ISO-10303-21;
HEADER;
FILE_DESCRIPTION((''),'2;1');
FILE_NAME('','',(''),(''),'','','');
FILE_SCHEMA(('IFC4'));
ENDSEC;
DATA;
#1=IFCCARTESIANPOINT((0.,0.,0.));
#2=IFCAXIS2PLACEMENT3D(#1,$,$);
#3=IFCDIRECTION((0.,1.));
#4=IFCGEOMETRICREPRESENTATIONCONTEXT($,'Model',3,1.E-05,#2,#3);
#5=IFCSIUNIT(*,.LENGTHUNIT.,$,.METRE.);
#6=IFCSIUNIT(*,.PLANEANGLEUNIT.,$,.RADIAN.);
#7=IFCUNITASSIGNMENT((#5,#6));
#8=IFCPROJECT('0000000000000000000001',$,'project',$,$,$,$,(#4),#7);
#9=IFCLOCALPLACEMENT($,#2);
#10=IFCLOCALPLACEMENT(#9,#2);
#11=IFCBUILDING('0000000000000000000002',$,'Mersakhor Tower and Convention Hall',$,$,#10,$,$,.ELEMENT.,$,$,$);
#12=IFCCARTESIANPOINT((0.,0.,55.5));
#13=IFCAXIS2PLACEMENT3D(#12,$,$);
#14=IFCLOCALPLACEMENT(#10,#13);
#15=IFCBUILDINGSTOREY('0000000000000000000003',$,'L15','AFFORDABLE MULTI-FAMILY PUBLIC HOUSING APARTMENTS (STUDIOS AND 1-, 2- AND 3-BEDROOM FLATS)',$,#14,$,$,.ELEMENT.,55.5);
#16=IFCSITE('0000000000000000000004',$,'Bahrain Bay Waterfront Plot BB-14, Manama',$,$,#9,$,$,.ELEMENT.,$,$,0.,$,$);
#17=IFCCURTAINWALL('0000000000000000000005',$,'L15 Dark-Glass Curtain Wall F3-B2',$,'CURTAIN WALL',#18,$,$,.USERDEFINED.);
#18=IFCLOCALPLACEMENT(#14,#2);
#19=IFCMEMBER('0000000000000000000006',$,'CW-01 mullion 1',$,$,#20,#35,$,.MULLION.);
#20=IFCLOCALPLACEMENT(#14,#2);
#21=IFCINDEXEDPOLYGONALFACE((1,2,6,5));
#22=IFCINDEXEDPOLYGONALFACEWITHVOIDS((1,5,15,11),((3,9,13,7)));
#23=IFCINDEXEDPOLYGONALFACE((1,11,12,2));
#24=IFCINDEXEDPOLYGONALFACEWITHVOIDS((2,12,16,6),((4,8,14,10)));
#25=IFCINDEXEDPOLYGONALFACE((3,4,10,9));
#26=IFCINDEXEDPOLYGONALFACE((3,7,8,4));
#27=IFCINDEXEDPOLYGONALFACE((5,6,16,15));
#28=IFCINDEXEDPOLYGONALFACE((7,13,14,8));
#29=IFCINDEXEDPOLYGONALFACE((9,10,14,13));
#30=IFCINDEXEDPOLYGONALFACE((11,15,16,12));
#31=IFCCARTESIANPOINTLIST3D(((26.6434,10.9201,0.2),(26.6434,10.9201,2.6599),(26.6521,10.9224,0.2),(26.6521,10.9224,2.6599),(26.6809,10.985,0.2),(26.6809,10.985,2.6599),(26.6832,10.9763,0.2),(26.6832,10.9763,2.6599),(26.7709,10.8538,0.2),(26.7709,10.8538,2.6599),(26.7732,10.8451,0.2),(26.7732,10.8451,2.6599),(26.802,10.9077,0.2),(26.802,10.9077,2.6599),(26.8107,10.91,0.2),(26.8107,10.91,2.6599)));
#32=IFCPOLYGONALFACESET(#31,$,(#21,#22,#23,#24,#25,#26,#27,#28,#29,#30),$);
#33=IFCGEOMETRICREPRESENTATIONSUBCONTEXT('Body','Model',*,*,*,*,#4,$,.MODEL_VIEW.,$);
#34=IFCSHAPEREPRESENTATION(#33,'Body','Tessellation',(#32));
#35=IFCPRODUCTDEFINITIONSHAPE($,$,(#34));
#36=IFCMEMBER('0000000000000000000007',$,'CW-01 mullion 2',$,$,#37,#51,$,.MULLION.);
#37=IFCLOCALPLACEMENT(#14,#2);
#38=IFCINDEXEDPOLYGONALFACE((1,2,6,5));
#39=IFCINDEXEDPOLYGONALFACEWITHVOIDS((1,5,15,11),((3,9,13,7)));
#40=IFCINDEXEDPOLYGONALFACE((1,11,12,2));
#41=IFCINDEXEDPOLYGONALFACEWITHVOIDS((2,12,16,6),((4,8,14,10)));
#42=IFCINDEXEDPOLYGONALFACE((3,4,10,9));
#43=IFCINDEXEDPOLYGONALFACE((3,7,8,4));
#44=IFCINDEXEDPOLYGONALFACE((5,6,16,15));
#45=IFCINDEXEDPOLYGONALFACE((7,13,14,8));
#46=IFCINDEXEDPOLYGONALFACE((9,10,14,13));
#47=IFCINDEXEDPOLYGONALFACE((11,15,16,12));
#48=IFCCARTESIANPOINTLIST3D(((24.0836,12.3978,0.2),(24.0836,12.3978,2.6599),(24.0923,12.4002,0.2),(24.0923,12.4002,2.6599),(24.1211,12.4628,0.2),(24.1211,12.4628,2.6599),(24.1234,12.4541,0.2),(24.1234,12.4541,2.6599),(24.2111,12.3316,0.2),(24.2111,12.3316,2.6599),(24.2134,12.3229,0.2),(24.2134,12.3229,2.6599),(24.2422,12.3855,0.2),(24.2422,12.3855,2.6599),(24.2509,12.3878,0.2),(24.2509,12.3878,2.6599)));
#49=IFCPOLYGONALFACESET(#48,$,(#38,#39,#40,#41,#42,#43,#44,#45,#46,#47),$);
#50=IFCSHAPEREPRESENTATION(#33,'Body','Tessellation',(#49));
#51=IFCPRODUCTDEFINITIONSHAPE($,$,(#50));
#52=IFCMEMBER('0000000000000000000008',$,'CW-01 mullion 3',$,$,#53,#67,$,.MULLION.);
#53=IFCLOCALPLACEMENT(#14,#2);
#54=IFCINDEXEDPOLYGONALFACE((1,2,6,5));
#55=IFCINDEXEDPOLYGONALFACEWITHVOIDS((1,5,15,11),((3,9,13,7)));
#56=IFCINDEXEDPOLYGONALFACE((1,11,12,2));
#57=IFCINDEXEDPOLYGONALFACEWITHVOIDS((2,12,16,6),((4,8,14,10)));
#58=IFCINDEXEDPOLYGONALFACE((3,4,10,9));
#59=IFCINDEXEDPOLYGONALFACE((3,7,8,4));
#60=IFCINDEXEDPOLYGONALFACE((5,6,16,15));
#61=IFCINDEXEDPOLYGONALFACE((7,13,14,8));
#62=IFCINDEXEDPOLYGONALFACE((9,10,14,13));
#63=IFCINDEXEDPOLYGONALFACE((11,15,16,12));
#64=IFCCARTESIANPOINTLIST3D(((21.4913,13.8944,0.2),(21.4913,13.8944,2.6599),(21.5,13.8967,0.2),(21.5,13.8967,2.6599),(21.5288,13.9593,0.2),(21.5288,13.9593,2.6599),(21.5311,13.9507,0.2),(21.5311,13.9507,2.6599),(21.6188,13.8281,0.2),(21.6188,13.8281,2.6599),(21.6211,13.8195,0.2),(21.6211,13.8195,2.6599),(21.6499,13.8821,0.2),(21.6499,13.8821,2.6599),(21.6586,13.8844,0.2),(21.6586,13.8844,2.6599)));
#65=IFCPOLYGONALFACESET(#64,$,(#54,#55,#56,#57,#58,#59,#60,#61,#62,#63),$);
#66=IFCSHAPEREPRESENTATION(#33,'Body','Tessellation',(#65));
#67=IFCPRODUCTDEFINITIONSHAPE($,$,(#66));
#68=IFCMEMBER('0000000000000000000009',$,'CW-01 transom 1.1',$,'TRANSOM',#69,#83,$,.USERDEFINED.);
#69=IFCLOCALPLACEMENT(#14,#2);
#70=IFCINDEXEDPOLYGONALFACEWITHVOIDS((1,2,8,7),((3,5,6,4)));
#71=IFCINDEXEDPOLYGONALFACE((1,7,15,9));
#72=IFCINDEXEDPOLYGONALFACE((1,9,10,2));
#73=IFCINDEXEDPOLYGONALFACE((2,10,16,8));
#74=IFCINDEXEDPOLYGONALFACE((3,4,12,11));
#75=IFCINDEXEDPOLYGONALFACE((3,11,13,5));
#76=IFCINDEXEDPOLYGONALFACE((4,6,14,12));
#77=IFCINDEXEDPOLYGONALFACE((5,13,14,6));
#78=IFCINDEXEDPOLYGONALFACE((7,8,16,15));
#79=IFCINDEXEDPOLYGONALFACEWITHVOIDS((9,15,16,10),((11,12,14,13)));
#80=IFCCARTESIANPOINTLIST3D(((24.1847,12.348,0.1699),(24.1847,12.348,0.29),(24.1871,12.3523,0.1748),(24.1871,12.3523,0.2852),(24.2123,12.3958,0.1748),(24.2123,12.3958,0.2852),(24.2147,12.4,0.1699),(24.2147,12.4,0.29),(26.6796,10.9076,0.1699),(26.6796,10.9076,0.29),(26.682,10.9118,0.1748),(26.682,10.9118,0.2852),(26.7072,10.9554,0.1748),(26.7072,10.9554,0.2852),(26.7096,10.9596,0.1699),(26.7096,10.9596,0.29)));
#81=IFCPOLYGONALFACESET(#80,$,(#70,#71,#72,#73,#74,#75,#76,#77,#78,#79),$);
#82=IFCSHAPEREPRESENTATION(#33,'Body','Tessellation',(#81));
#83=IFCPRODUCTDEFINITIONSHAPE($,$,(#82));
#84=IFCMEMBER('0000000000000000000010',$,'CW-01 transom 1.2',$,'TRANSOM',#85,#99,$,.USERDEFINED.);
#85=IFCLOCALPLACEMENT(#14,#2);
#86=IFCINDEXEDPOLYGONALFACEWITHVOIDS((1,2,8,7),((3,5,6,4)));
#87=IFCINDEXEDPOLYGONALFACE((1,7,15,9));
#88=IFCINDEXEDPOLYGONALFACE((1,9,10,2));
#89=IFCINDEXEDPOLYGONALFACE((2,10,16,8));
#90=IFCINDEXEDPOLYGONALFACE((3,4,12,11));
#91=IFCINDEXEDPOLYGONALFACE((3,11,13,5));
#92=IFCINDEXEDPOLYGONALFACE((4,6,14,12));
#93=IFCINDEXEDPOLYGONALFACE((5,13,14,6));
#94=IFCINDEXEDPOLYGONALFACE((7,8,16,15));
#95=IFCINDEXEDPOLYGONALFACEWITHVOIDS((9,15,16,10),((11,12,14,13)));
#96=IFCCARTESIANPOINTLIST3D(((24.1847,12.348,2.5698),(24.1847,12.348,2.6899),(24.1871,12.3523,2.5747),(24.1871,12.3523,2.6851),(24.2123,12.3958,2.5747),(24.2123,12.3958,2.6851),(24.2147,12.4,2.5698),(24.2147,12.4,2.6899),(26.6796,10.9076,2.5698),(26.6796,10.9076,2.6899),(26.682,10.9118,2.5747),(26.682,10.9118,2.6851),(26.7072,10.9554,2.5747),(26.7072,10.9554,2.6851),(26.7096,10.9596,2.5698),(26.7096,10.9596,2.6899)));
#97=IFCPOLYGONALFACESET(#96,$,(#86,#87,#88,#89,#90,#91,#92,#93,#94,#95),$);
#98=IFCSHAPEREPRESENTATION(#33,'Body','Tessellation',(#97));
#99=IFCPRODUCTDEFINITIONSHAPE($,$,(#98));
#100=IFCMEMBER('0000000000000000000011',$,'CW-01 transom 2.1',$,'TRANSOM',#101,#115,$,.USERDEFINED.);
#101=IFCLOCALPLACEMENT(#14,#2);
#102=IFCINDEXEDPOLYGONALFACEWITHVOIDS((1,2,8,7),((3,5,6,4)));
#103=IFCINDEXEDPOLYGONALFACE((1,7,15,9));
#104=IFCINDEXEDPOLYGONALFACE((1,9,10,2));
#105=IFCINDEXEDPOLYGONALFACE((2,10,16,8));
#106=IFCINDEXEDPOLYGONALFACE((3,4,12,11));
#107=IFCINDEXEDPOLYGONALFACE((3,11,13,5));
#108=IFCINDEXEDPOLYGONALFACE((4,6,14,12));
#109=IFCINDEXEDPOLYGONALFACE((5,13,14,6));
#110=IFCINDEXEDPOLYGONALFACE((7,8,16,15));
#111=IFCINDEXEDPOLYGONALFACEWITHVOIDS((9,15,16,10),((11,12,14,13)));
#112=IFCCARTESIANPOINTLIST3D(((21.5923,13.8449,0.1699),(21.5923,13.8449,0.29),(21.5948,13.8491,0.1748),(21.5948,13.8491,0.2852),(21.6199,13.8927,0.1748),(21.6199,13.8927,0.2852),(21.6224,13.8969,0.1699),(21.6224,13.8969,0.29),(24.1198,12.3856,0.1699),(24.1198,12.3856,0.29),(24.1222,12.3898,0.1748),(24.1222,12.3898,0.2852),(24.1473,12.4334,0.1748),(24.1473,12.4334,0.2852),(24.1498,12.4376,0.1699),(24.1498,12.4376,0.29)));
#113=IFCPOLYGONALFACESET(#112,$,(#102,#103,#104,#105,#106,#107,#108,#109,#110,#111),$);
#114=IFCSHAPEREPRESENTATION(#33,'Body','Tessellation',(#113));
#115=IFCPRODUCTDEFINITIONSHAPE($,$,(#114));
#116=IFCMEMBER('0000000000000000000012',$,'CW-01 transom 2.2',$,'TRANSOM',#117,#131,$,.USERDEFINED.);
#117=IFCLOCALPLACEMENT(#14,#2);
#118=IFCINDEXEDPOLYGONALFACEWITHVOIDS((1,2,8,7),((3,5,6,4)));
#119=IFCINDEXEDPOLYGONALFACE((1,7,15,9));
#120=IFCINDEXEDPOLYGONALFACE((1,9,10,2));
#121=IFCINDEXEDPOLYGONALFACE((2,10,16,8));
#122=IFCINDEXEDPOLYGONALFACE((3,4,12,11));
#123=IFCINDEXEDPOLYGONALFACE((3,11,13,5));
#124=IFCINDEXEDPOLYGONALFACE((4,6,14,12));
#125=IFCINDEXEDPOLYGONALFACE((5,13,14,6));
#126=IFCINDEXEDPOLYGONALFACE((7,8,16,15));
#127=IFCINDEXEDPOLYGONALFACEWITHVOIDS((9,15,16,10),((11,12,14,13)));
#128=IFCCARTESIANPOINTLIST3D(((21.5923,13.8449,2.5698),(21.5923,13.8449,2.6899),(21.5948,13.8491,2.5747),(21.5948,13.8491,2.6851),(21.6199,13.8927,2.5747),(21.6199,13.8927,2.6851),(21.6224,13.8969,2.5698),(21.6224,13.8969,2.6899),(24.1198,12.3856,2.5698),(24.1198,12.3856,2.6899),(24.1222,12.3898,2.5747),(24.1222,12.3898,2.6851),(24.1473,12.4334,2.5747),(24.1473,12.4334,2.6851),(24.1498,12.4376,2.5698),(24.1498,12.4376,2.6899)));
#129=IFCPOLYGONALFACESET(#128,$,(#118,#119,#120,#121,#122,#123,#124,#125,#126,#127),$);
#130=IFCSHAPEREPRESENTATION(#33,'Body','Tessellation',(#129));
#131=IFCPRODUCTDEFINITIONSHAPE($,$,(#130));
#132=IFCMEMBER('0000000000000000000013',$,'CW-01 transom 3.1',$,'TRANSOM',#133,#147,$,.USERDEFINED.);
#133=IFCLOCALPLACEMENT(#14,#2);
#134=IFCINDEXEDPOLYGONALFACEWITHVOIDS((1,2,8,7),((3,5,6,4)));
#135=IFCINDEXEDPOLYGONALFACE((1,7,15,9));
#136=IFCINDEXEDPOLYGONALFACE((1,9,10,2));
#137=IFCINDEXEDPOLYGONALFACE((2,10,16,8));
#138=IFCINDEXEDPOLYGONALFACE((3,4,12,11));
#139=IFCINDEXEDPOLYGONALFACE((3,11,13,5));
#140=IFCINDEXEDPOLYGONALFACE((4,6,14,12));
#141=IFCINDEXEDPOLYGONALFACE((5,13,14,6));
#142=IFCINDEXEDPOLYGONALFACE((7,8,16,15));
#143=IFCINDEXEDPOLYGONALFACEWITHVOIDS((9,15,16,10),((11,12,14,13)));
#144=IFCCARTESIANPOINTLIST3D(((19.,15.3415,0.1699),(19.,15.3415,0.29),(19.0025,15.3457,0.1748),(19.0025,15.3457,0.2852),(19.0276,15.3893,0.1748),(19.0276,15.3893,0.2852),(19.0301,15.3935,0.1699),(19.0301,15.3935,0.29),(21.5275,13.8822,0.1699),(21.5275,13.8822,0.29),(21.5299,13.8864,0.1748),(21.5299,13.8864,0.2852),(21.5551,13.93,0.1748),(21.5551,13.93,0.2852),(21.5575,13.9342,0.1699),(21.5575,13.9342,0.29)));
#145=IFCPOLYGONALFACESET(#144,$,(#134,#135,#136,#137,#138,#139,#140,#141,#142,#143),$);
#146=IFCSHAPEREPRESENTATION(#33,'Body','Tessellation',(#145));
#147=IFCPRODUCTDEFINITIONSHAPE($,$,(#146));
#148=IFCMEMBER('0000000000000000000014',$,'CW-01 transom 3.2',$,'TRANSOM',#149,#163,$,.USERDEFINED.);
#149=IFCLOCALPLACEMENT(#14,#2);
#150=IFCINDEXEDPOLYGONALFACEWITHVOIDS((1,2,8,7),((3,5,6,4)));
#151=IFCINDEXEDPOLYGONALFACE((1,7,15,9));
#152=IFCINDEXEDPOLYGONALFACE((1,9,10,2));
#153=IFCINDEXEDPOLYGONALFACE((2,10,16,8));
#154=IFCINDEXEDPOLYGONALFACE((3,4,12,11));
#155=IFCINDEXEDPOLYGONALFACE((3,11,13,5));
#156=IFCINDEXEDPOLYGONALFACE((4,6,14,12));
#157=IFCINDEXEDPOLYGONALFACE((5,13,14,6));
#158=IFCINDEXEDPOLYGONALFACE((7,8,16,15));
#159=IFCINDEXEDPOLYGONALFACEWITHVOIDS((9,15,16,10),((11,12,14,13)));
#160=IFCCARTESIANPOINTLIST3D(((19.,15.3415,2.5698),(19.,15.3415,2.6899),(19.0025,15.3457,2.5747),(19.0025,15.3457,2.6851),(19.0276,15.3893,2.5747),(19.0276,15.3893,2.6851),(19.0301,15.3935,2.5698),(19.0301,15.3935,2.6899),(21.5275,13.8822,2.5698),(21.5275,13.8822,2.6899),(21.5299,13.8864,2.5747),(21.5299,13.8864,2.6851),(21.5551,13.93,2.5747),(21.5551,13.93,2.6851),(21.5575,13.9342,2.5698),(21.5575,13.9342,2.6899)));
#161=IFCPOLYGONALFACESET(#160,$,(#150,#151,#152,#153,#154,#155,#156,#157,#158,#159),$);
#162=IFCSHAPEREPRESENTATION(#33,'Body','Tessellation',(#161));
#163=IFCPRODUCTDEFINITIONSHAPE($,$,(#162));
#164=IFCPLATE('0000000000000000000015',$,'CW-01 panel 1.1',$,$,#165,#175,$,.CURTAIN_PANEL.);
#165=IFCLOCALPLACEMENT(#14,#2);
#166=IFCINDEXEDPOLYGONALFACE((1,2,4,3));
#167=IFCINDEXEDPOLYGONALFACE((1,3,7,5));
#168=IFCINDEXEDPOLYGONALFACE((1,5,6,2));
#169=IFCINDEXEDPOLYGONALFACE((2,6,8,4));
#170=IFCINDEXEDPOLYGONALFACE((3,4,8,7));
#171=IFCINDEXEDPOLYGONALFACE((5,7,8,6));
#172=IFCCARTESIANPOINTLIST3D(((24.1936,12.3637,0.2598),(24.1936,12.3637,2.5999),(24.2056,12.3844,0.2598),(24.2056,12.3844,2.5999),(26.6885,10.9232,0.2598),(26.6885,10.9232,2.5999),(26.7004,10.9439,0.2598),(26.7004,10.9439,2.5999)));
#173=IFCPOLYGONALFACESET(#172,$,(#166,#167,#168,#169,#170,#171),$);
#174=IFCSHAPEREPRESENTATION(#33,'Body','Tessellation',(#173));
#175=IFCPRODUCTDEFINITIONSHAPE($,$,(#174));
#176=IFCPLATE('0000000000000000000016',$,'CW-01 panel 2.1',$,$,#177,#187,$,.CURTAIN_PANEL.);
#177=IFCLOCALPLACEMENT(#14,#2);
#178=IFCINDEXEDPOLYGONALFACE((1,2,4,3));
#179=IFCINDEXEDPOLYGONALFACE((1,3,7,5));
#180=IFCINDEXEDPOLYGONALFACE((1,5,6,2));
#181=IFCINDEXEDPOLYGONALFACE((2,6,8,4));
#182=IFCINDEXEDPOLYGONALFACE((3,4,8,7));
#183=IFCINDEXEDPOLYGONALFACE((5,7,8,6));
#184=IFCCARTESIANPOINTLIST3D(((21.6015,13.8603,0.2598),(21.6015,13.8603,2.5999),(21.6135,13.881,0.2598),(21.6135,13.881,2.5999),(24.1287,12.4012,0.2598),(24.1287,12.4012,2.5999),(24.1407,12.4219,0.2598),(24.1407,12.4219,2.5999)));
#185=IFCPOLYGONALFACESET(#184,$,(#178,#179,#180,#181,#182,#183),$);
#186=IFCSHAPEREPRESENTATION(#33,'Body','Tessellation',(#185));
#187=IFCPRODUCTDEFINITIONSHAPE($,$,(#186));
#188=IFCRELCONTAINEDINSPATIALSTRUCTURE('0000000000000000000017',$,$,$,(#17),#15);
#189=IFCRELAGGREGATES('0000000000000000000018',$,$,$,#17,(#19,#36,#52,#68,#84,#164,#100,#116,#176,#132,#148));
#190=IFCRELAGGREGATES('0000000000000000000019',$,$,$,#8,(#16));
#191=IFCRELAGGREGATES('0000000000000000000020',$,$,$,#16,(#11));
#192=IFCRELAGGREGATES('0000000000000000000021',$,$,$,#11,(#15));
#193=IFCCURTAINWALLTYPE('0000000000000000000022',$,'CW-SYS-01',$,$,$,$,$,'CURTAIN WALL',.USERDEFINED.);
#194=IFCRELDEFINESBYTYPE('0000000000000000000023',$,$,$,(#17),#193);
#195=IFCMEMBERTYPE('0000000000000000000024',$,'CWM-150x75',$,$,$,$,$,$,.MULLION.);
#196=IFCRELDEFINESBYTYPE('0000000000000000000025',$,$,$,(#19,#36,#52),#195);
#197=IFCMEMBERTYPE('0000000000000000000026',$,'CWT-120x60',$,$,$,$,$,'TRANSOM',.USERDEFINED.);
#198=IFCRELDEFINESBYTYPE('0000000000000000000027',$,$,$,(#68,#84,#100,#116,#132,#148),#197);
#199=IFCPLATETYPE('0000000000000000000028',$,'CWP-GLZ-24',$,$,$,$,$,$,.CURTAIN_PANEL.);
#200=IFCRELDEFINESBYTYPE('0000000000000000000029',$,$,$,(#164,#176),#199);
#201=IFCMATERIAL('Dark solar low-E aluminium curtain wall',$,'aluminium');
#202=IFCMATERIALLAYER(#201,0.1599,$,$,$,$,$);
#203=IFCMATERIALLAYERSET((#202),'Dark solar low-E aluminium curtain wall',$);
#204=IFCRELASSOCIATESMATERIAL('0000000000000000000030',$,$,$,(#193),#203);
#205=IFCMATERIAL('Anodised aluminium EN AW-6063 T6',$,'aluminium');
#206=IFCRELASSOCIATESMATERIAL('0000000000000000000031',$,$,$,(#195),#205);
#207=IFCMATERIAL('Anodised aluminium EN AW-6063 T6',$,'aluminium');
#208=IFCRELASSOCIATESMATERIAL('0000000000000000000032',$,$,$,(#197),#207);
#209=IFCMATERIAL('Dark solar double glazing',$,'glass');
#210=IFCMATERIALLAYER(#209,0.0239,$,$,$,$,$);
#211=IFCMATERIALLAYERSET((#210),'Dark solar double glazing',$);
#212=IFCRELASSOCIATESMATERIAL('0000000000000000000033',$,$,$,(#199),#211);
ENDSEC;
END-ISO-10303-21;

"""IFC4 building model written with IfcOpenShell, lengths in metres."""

from ifc_helpers import new_model, si_unit, direction, frame, origin, origin_2d, place, context, subcontext, project, spatial, rectangle, hollow_rectangle, extrude, material, layer, layer_set, material_profile, profile_set, type_object, element, aggregate, save


model = new_model("IFC4")

# Units and contexts
model_context = context("Model", 3, precision=1e-05, world=origin(), true_north=direction((0.0, 1.0)))
body_context = subcontext(model_context, "Body", "Model", "MODEL_VIEW")
ifc_project = project(units=[si_unit("LENGTHUNIT", "METRE"), si_unit("PLANEANGLEUNIT", "RADIAN")], contexts=[model_context])

# Site, building, storey
site_placement = place(None, origin())
site = spatial("IfcSite", under=ifc_project, at=site_placement, Name="Bahrain Bay Waterfront Plot BB-14, Manama", CompositionType="ELEMENT", RefElevation=0.0)
building_placement = place(site_placement, origin())
building = spatial("IfcBuilding", under=site, at=building_placement, Name="Mersakhor Tower and Convention Hall", CompositionType="ELEMENT")
storey_placement = place(building_placement, frame((0.0, 0.0, 55.5)))
storey = spatial("IfcBuildingStorey", under=building, at=storey_placement, Name="L15", Description="AFFORDABLE MULTI-FAMILY PUBLIC HOUSING APARTMENTS (STUDIOS AND 1-, 2- AND 3-BEDROOM FLATS)", CompositionType="ELEMENT", Elevation=55.5)

# Curtain wall, members, plates
ifc_material_1 = material(Name="Dark solar low-E aluminium curtain wall", Category="aluminium")
ifc_layer_1 = layer(ifc_material_1, 0.1599)
ifc_layer_set_1 = layer_set([ifc_layer_1], Name="Dark solar low-E aluminium curtain wall")
curtain_wall_type = type_object("IfcCurtainWallType", Name="CW-SYS-01", ElementType="CURTAIN WALL", PredefinedType="USERDEFINED", material=ifc_layer_set_1)
curtain_wall_placement = place(storey_placement, origin())
curtain_wall = element("IfcCurtainWall", 1, at=curtain_wall_placement, inside=storey, type_object=curtain_wall_type, Name="L15 Dark-Glass Curtain Wall F3-B2", ObjectType="CURTAIN WALL", PredefinedType="USERDEFINED")
ifc_material_2 = material(Name="Anodised aluminium EN AW-6063 T6", Category="aluminium")
ifc_material_profile_1 = material_profile(ifc_material_2, hollow_rectangle(XDim=0.075, YDim=0.1499, WallThickness=0.0063, at=origin_2d()), Name="RHS 150x75x6.3")
ifc_profile_set_1 = profile_set([ifc_material_profile_1], Name="Anodised aluminium EN AW-6063 T6")
member_type_1 = type_object("IfcMemberType", Name="CWM-150x75", PredefinedType="MULLION", material=ifc_profile_set_1)
member_1_placement = place(storey_placement, frame((26.7271, 10.915, 0.2), z_axis=(0.0, 0.0, 1.0), x_axis=(-0.500003, -0.866023, 0.0)))
member_1 = element("IfcMember", 2, at=member_1_placement, type_object=member_type_1, Name="CW-01 mullion 1", PredefinedType="MULLION", context=body_context, shape_type="SweptSolid", body=[
    extrude(hollow_rectangle(XDim=0.075, YDim=0.1499, WallThickness=0.0063, at=origin_2d()), origin(), (0.0, 0.0, 1.0), 2.46),
])
member_2_placement = place(storey_placement, frame((24.1672, 12.3928, 0.2), z_axis=(0.0, 0.0, 1.0), x_axis=(-0.500003, -0.866023, 0.0)))
member_2 = element("IfcMember", 3, at=member_2_placement, type_object=member_type_1, Name="CW-01 mullion 2", PredefinedType="MULLION", context=body_context, shape_type="SweptSolid", body=[
    extrude(hollow_rectangle(XDim=0.075, YDim=0.1499, WallThickness=0.0063, at=origin_2d()), origin(), (0.0, 0.0, 1.0), 2.46),
])
member_3_placement = place(storey_placement, frame((21.575, 13.8894, 0.2), z_axis=(0.0, 0.0, 1.0), x_axis=(-0.500003, -0.866023, 0.0)))
member_3 = element("IfcMember", 4, at=member_3_placement, type_object=member_type_1, Name="CW-01 mullion 3", PredefinedType="MULLION", context=body_context, shape_type="SweptSolid", body=[
    extrude(hollow_rectangle(XDim=0.075, YDim=0.1499, WallThickness=0.0063, at=origin_2d()), origin(), (0.0, 0.0, 1.0), 2.46),
])
ifc_material_3 = material(Name="Anodised aluminium EN AW-6063 T6", Category="aluminium")
ifc_material_profile_2 = material_profile(ifc_material_3, hollow_rectangle(XDim=0.0601, YDim=0.1201, WallThickness=0.0049, at=origin_2d()), Name="RHS 120x60x5")
ifc_profile_set_2 = profile_set([ifc_material_profile_2], Name="Anodised aluminium EN AW-6063 T6")
member_type_2 = type_object("IfcMemberType", Name="CWT-120x60", ElementType="TRANSOM", PredefinedType="USERDEFINED", material=ifc_profile_set_2)
member_4_placement = place(storey_placement, frame((26.6946, 10.9336, 0.23), z_axis=(-0.866023, 0.500004, 0.0), x_axis=(-0.500004, -0.866023, 0.0)))
member_4 = element("IfcMember", 5, at=member_4_placement, type_object=member_type_2, Name="CW-01 transom 1.1", ObjectType="TRANSOM", PredefinedType="USERDEFINED", context=body_context, shape_type="SweptSolid", body=[
    extrude(hollow_rectangle(XDim=0.0601, YDim=0.1201, WallThickness=0.0049, at=origin_2d()), origin(), (0.0, 0.0, 1.0), 2.8809),
])
member_5_placement = place(storey_placement, frame((26.6946, 10.9336, 2.6299), z_axis=(-0.866023, 0.500004, 0.0), x_axis=(-0.500004, -0.866023, 0.0)))
member_5 = element("IfcMember", 6, at=member_5_placement, type_object=member_type_2, Name="CW-01 transom 1.2", ObjectType="TRANSOM", PredefinedType="USERDEFINED", context=body_context, shape_type="SweptSolid", body=[
    extrude(hollow_rectangle(XDim=0.0601, YDim=0.1201, WallThickness=0.0049, at=origin_2d()), origin(), (0.0, 0.0, 1.0), 2.8809),
])
member_6_placement = place(storey_placement, frame((24.1348, 12.4116, 0.23), z_axis=(-0.866016, 0.500017, 0.0), x_axis=(-0.500017, -0.866016, 0.0)))
member_6 = element("IfcMember", 7, at=member_6_placement, type_object=member_type_2, Name="CW-01 transom 2.1", ObjectType="TRANSOM", PredefinedType="USERDEFINED", context=body_context, shape_type="SweptSolid", body=[
    extrude(hollow_rectangle(XDim=0.0601, YDim=0.1201, WallThickness=0.0049, at=origin_2d()), origin(), (0.0, 0.0, 1.0), 2.9185),
])
member_7_placement = place(storey_placement, frame((24.1348, 12.4116, 2.6299), z_axis=(-0.866016, 0.500017, 0.0), x_axis=(-0.500017, -0.866016, 0.0)))
member_7 = element("IfcMember", 8, at=member_7_placement, type_object=member_type_2, Name="CW-01 transom 2.2", ObjectType="TRANSOM", PredefinedType="USERDEFINED", context=body_context, shape_type="SweptSolid", body=[
    extrude(hollow_rectangle(XDim=0.0601, YDim=0.1201, WallThickness=0.0049, at=origin_2d()), origin(), (0.0, 0.0, 1.0), 2.9185),
])
member_8_placement = place(storey_placement, frame((21.5425, 13.9082, 0.23), z_axis=(-0.866016, 0.500017, 0.0), x_axis=(-0.500017, -0.866016, 0.0)))
member_8 = element("IfcMember", 9, at=member_8_placement, type_object=member_type_2, Name="CW-01 transom 3.1", ObjectType="TRANSOM", PredefinedType="USERDEFINED", context=body_context, shape_type="SweptSolid", body=[
    extrude(hollow_rectangle(XDim=0.0601, YDim=0.1201, WallThickness=0.0049, at=origin_2d()), origin(), (0.0, 0.0, 1.0), 2.9185),
])
member_9_placement = place(storey_placement, frame((21.5425, 13.9082, 2.6299), z_axis=(-0.866016, 0.500017, 0.0), x_axis=(-0.500017, -0.866016, 0.0)))
member_9 = element("IfcMember", 10, at=member_9_placement, type_object=member_type_2, Name="CW-01 transom 3.2", ObjectType="TRANSOM", PredefinedType="USERDEFINED", context=body_context, shape_type="SweptSolid", body=[
    extrude(hollow_rectangle(XDim=0.0601, YDim=0.1201, WallThickness=0.0049, at=origin_2d()), origin(), (0.0, 0.0, 1.0), 2.9185),
])
ifc_material_4 = material(Name="Dark solar double glazing", Category="glass")
ifc_layer_2 = layer(ifc_material_4, 0.0239)
ifc_layer_set_2 = layer_set([ifc_layer_2], Name="Dark solar double glazing")
plate_type_1 = type_object("IfcPlateType", Name="CWP-GLZ-24", PredefinedType="CURTAIN_PANEL", material=ifc_layer_set_2)
plate_1_placement = place(storey_placement, frame((25.447, 11.6538, 0.2598), z_axis=(0.0, 0.0, 1.0), x_axis=(-0.866023, 0.500003, 0.0)))
plate_1 = element("IfcPlate", 11, at=plate_1_placement, type_object=plate_type_1, Name="CW-01 panel 1.1", PredefinedType="CURTAIN_PANEL", context=body_context, shape_type="SweptSolid", body=[
    extrude(rectangle(XDim=2.8809, YDim=0.0239, at=origin_2d()), origin(), (0.0, 0.0, 1.0), 2.3401),
])
plate_2_placement = place(storey_placement, frame((22.8711, 13.1411, 0.2598), z_axis=(0.0, 0.0, 1.0), x_axis=(-0.866023, 0.500003, 0.0)))
plate_2 = element("IfcPlate", 12, at=plate_2_placement, type_object=plate_type_1, Name="CW-01 panel 2.1", PredefinedType="CURTAIN_PANEL", context=body_context, shape_type="SweptSolid", body=[
    extrude(rectangle(XDim=2.9182, YDim=0.0239, at=origin_2d()), origin(), (0.0, 0.0, 1.0), 2.3401),
])
aggregate(curtain_wall, [member_1, member_2, member_3, member_4, member_5, plate_1, member_6, member_7, plate_2, member_8, member_9])

save(model, "model.ifc")
